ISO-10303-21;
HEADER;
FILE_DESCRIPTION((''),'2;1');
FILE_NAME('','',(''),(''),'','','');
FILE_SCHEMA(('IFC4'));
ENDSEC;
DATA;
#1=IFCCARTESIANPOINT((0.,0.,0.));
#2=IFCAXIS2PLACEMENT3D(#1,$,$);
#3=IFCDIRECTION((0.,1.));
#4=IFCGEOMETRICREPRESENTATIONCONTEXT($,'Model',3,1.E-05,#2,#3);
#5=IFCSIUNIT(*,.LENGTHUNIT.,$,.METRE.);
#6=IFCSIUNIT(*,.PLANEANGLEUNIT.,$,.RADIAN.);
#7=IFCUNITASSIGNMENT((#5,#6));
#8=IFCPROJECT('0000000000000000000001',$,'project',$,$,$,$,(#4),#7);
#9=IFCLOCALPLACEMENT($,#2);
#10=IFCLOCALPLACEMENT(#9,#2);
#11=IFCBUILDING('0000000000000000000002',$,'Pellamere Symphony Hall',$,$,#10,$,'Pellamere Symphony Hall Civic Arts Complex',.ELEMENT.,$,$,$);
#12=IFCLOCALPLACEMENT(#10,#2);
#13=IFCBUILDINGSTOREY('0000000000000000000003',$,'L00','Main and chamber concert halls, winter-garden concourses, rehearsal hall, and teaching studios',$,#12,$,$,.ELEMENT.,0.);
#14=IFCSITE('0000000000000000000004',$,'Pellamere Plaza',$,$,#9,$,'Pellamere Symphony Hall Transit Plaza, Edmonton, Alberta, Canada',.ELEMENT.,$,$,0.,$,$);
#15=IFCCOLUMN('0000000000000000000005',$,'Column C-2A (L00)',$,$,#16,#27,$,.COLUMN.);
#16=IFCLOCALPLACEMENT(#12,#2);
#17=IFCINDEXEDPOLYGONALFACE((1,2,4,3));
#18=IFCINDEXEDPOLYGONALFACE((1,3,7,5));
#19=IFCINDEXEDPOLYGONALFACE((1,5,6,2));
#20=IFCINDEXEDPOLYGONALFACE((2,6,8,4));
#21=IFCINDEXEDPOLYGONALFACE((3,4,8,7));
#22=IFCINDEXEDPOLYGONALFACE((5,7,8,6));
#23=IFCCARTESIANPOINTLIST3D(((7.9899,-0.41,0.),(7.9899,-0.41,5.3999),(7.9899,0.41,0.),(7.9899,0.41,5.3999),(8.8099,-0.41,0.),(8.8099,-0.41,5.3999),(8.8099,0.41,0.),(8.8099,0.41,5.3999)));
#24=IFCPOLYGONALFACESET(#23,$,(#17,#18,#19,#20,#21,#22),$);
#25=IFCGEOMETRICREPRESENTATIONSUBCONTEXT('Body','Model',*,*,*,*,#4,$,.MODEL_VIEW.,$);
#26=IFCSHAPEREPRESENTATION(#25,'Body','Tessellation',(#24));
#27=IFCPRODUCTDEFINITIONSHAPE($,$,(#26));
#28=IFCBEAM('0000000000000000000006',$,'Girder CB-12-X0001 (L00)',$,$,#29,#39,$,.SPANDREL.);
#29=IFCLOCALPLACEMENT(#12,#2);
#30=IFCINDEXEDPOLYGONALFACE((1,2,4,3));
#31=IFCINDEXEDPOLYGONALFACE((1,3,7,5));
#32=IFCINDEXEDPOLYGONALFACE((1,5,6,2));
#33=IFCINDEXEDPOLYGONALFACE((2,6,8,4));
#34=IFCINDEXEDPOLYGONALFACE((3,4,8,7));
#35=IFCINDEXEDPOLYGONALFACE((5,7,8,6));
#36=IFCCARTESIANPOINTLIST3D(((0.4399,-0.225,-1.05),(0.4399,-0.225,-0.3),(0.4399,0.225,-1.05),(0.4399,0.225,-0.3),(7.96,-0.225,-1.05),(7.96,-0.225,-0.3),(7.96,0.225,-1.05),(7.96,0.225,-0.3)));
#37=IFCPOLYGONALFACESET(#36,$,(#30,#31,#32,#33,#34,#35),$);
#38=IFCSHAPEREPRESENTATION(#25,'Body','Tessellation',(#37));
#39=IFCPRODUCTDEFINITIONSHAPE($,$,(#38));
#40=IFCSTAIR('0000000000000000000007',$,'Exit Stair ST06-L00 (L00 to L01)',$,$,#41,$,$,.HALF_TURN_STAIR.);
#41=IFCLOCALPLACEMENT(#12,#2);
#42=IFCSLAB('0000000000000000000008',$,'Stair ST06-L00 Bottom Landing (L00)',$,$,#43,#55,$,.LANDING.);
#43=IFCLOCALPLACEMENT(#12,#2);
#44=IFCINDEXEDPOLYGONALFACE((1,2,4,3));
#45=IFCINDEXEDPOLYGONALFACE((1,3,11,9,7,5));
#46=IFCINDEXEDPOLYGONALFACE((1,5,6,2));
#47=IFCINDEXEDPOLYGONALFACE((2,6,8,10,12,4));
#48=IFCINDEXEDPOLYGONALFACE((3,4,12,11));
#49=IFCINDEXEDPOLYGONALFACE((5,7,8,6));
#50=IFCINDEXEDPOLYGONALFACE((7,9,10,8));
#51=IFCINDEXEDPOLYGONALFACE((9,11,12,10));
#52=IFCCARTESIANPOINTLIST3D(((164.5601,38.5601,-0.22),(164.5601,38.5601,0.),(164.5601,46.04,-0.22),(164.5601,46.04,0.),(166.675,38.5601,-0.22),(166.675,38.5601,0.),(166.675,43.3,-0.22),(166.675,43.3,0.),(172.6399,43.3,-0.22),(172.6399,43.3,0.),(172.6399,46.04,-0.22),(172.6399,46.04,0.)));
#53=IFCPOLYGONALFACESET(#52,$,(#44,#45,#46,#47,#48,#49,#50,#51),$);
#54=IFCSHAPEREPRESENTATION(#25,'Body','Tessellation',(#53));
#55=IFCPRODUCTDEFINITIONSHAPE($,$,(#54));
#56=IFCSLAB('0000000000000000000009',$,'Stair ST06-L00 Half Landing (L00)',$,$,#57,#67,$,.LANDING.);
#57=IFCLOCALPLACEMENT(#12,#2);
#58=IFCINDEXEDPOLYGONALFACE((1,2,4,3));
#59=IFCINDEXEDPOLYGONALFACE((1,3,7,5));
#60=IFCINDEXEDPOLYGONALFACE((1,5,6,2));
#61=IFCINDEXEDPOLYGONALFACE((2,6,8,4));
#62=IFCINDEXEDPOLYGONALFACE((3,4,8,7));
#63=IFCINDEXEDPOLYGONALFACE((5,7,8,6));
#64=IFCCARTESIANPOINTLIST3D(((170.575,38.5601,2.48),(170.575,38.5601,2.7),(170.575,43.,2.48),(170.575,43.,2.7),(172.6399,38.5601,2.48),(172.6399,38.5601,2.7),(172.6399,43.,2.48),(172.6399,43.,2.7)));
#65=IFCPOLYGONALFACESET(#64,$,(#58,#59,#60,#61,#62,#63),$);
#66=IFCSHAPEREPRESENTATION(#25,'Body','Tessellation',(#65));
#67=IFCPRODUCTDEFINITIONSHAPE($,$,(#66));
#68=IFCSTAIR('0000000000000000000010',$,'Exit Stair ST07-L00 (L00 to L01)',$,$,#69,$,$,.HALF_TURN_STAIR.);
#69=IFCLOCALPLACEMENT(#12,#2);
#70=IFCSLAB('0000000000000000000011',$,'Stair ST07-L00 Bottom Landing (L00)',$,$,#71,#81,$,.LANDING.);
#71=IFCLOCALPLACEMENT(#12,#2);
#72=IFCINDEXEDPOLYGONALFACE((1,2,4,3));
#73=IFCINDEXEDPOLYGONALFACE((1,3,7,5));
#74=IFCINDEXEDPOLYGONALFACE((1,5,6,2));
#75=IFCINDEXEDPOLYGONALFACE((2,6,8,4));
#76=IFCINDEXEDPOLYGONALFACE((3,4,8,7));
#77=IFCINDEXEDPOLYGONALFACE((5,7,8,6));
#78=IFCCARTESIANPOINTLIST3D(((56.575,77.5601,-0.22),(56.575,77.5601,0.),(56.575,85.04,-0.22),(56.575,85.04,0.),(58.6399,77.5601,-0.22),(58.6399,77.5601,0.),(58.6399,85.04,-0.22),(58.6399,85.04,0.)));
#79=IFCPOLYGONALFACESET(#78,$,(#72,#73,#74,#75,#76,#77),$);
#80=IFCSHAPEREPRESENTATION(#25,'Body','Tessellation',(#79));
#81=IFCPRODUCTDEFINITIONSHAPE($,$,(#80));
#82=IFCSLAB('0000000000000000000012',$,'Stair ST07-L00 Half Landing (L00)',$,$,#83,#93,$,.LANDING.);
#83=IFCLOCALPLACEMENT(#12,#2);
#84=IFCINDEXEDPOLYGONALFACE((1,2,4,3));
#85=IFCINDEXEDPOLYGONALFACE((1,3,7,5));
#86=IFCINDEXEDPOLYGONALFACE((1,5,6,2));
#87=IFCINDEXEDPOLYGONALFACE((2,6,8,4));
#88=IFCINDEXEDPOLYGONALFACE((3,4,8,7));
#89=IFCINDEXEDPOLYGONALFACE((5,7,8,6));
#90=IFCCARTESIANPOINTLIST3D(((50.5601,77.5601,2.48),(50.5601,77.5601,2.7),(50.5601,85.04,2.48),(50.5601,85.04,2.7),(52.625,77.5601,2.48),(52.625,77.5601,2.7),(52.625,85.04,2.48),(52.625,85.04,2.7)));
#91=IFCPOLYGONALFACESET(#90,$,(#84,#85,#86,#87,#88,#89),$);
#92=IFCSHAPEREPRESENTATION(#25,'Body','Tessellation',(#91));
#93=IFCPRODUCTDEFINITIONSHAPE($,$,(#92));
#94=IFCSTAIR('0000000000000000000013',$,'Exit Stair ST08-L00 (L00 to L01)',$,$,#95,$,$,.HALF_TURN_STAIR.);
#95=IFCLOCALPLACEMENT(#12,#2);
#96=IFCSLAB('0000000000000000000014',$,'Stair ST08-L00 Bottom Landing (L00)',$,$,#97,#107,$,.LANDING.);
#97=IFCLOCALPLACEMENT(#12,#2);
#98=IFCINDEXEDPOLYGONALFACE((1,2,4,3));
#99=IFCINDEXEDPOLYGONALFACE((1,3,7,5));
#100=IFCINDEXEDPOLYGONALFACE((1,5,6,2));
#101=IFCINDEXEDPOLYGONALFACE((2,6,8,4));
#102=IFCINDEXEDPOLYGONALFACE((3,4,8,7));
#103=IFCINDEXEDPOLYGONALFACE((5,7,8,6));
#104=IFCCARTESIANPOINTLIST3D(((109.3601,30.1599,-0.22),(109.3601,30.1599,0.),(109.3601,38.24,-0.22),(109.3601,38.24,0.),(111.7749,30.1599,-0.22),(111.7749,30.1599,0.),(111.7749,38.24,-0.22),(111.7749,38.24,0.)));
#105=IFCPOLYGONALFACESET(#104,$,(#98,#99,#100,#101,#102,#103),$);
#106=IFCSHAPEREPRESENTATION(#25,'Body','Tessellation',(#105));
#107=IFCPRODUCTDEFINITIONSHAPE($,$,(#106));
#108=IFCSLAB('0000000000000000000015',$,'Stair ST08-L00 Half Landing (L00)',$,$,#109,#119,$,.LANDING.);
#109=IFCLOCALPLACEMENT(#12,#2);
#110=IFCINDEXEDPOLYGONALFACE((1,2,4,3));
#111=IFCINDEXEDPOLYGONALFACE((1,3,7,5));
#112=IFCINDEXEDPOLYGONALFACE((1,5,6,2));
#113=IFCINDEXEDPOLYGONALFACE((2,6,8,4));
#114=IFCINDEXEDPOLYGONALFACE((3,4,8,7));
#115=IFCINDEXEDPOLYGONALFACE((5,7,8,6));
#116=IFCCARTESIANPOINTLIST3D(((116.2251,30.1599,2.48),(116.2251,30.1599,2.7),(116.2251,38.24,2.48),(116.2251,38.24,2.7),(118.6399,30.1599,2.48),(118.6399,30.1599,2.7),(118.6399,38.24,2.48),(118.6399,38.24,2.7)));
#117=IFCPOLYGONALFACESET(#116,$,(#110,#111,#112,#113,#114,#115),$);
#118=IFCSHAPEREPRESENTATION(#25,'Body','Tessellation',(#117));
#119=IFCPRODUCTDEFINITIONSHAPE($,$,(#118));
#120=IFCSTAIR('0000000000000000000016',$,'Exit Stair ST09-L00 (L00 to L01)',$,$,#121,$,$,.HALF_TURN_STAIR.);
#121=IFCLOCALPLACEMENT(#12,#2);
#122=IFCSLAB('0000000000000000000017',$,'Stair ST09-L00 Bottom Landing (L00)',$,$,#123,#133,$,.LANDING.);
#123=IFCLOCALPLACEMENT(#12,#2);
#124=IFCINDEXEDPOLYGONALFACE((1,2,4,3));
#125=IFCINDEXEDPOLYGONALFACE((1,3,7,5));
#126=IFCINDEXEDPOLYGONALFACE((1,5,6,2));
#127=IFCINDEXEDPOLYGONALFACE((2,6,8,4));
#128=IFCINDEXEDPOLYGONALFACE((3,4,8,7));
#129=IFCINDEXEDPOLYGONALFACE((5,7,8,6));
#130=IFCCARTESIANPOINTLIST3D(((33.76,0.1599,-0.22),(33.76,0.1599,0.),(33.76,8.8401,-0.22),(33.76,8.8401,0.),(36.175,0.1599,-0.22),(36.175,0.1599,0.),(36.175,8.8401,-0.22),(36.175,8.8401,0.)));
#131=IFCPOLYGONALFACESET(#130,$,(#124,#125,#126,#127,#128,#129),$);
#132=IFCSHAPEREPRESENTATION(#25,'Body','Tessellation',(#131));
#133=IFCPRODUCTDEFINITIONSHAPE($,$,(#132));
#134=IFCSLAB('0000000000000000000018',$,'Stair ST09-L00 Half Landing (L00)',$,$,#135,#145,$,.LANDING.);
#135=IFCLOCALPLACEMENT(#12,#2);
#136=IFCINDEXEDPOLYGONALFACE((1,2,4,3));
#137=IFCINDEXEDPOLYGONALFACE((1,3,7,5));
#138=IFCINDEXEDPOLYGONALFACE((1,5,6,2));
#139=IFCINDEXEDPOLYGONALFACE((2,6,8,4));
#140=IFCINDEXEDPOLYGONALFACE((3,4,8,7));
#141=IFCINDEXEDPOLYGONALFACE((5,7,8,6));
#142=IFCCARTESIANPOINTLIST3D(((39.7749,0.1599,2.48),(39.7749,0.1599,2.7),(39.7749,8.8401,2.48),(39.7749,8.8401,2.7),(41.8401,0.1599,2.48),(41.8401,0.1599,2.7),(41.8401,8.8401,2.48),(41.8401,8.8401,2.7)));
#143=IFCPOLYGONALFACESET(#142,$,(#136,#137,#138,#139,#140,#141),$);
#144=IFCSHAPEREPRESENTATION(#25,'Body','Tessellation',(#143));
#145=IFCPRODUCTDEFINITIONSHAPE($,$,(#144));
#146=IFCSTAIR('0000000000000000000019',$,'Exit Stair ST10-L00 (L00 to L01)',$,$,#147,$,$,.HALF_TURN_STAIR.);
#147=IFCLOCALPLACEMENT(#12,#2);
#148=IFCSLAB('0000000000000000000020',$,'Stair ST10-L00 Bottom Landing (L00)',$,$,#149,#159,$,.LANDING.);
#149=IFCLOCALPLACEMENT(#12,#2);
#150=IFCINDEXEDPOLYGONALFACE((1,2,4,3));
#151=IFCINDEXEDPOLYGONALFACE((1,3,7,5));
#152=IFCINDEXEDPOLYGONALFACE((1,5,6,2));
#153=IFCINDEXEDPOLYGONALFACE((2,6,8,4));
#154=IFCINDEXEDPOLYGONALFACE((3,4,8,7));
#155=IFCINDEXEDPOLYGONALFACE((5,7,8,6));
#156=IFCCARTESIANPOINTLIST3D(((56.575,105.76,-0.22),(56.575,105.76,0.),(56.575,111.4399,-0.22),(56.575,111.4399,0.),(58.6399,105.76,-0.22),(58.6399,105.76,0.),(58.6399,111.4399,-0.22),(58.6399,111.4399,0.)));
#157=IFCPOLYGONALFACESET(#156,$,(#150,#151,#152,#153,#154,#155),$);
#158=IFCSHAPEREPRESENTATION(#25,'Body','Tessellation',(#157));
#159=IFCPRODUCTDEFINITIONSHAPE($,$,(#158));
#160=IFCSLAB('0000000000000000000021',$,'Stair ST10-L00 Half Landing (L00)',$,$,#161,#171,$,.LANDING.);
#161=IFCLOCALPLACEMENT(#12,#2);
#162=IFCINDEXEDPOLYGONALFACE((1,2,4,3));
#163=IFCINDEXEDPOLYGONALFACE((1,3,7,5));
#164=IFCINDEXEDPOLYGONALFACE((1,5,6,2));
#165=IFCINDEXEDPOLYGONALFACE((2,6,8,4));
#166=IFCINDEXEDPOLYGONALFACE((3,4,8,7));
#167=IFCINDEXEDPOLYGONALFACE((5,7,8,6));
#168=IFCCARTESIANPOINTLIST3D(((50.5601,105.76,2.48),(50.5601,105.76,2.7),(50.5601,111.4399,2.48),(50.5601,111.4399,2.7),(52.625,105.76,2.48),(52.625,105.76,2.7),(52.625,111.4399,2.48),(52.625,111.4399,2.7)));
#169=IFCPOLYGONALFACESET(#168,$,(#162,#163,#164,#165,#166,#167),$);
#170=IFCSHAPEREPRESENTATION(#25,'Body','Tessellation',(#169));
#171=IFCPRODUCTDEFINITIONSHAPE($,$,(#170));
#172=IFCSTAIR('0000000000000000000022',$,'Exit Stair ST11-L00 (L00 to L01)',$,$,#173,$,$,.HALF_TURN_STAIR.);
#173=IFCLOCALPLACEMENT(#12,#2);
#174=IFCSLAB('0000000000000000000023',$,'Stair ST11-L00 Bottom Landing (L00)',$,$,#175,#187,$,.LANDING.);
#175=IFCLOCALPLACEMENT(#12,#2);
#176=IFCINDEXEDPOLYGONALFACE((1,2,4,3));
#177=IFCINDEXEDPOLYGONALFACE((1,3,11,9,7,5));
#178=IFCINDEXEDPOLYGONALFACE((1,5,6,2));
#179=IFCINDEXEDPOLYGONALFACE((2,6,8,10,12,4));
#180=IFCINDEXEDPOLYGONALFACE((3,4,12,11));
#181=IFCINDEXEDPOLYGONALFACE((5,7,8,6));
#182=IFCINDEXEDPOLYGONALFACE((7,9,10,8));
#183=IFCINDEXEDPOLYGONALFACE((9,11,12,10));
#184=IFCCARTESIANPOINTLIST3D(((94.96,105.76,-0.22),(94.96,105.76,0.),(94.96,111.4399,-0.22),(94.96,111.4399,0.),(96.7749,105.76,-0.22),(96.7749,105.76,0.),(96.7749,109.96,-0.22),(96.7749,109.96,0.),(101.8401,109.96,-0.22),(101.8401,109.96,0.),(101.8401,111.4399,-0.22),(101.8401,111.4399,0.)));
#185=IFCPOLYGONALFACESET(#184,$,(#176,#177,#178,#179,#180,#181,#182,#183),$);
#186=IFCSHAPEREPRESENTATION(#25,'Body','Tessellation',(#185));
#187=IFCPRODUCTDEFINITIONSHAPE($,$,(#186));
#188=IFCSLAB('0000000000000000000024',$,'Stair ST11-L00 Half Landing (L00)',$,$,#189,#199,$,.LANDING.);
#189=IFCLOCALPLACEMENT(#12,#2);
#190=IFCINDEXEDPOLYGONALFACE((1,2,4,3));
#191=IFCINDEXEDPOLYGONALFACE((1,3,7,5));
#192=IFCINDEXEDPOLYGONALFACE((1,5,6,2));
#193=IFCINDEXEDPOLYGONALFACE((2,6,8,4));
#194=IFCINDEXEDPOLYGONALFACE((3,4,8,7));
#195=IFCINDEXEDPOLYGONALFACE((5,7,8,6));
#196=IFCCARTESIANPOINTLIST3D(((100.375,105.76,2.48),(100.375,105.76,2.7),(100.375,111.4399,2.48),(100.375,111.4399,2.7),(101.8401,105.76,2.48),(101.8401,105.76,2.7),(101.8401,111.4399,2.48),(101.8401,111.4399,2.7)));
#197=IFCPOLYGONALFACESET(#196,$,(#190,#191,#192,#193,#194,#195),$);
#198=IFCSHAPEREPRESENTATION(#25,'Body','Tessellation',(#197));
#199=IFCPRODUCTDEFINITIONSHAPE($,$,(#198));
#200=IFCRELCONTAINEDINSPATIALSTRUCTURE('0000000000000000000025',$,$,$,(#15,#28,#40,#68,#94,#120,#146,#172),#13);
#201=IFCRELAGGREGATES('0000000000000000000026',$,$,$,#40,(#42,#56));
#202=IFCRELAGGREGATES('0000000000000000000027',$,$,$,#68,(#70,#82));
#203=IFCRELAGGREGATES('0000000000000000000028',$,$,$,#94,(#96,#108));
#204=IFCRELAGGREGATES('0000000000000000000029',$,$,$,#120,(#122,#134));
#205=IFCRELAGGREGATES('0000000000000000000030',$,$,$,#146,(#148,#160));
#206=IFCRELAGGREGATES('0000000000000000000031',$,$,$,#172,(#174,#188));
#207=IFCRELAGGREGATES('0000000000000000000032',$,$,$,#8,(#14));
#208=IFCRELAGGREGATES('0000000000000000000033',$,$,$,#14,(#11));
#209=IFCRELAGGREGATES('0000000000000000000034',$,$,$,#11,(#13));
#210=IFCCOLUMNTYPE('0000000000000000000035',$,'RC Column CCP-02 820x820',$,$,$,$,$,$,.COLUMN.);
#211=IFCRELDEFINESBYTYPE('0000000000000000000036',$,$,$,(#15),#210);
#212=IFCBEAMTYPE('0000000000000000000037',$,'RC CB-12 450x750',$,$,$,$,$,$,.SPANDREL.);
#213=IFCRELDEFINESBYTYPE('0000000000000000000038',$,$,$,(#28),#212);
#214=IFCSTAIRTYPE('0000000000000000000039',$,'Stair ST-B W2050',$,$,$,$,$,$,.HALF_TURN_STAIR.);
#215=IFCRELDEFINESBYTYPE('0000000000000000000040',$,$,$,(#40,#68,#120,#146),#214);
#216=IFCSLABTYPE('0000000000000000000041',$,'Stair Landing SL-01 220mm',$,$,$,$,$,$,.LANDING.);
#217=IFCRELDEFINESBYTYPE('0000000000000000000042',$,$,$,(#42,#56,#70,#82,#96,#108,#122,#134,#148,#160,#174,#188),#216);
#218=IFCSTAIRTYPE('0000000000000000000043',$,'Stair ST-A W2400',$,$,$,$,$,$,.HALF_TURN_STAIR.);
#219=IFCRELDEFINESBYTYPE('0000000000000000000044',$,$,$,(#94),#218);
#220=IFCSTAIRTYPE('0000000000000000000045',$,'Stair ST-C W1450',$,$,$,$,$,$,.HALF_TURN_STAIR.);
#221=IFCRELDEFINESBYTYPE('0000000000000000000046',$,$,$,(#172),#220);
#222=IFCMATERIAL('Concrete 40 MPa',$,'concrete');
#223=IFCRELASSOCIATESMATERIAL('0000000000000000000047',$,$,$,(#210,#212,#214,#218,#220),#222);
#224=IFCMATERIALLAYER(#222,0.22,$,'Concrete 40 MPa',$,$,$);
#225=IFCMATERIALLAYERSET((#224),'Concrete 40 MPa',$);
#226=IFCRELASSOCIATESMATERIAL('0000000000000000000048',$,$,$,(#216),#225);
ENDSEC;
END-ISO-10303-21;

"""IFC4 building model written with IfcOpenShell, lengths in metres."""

from ifc_helpers import new_model, si_unit, direction, frame, origin, origin_2d, place, context, subcontext, project, spatial, polyline, rectangle, outline, extrude, material, layer, layer_set, material_profile, profile_set, type_object, element, aggregate, save


model = new_model("IFC4")

# Units and contexts
model_context = context("Model", 3, precision=1e-05, world=origin(), true_north=direction((0.0, 1.0)))
body_context = subcontext(model_context, "Body", "Model", "MODEL_VIEW")
ifc_project = project(units=[si_unit("LENGTHUNIT", "METRE"), si_unit("PLANEANGLEUNIT", "RADIAN")], contexts=[model_context])

# Site, building, storey
site_placement = place(None, origin())
site = spatial("IfcSite", under=ifc_project, at=site_placement, Name="Pellamere Plaza", LongName="Pellamere Symphony Hall Transit Plaza, Edmonton, Alberta, Canada", CompositionType="ELEMENT", RefElevation=0.0)
building_placement = place(site_placement, origin())
building = spatial("IfcBuilding", under=site, at=building_placement, Name="Pellamere Symphony Hall", LongName="Pellamere Symphony Hall Civic Arts Complex", CompositionType="ELEMENT")
storey_placement = place(building_placement, origin())
storey = spatial("IfcBuildingStorey", under=building, at=storey_placement, Name="L00", Description="Main and chamber concert halls, winter-garden concourses, rehearsal hall, and teaching studios", CompositionType="ELEMENT", Elevation=0.0)

# Column
ifc_material_1 = material(Name="Concrete 40 MPa", Category="concrete")
ifc_material_profile_1 = material_profile(ifc_material_1, rectangle(XDim=0.8201, YDim=0.8201, at=origin_2d()), Name="RC 820x820")
ifc_profile_set_1 = profile_set([ifc_material_profile_1], Name="Concrete 40 MPa")
column_type = type_object("IfcColumnType", Name="RC Column CCP-02 820x820", PredefinedType="COLUMN", material=ifc_profile_set_1)
column_placement = place(storey_placement, frame((8.3999, 0.0, 0.0), z_axis=(0.0, 0.0, 1.0), x_axis=(1.0, 0.0, 0.0)))
element("IfcColumn", 1, at=column_placement, inside=storey, type_object=column_type, Name="Column C-2A (L00)", PredefinedType="COLUMN", context=body_context, shape_type="SweptSolid", body=[
    extrude(rectangle(XDim=0.8201, YDim=0.8201, at=origin_2d()), origin(), (0.0, 0.0, 1.0), 5.3999),
])

# Beam
ifc_material_profile_2 = material_profile(ifc_material_1, rectangle(XDim=0.45, YDim=0.75, at=origin_2d()), Name="RC 450x750")
ifc_profile_set_2 = profile_set([ifc_material_profile_2], Name="Concrete 40 MPa")
beam_type = type_object("IfcBeamType", Name="RC CB-12 450x750", PredefinedType="SPANDREL", material=ifc_profile_set_2)
beam_placement = place(storey_placement, frame((0.4399, 0.0, -0.675), z_axis=(1.0, 0.0, 0.0), x_axis=(0.0, 1.0, 0.0)))
element("IfcBeam", 2, at=beam_placement, inside=storey, type_object=beam_type, Name="Girder CB-12-X0001 (L00)", PredefinedType="SPANDREL", context=body_context, shape_type="SweptSolid", body=[
    extrude(rectangle(XDim=0.45, YDim=0.75, at=origin_2d()), origin(), (0.0, 0.0, 1.0), 7.52),
])

# Stairs, slabs
stair_type_1 = type_object("IfcStairType", Name="Stair ST-B W2050", PredefinedType="HALF_TURN_STAIR", material=ifc_material_1)
stair_1_placement = place(storey_placement, origin())
stair_1 = element("IfcStair", 3, at=stair_1_placement, inside=storey, type_object=stair_type_1, Name="Exit Stair ST06-L00 (L00 to L01)", PredefinedType="HALF_TURN_STAIR")
ifc_layer_1 = layer(ifc_material_1, 0.22, Name="Concrete 40 MPa")
ifc_layer_set_1 = layer_set([ifc_layer_1], Name="Concrete 40 MPa")
slab_type_1 = type_object("IfcSlabType", Name="Stair Landing SL-01 220mm", PredefinedType="LANDING", material=ifc_layer_set_1)
slab_1_placement = place(storey_placement, frame((0.0, 0.0, -0.22)))
slab_1 = element("IfcSlab", 4, at=slab_1_placement, type_object=slab_type_1, Name="Stair ST06-L00 Bottom Landing (L00)", PredefinedType="LANDING", context=body_context, shape_type="SweptSolid", body=[
    extrude(outline(polyline([(164.5601, 38.5601), (166.675, 38.5601), (166.675, 43.3), (172.6399, 43.3), (172.6399, 46.04), (164.5601, 46.04), (164.5601, 38.5601)])), origin(), (0.0, 0.0, 1.0), 0.22),
])
slab_2_placement = place(storey_placement, frame((0.0, 0.0, 2.48)))
slab_2 = element("IfcSlab", 5, at=slab_2_placement, type_object=slab_type_1, Name="Stair ST06-L00 Half Landing (L00)", PredefinedType="LANDING", context=body_context, shape_type="SweptSolid", body=[
    extrude(outline(polyline([(170.575, 38.5601), (172.6399, 38.5601), (172.6399, 43.0), (170.575, 43.0), (170.575, 38.5601)])), origin(), (0.0, 0.0, 1.0), 0.22),
])
aggregate(stair_1, [slab_1, slab_2])
stair_2_placement = place(storey_placement, origin())
stair_2 = element("IfcStair", 6, at=stair_2_placement, inside=storey, type_object=stair_type_1, Name="Exit Stair ST07-L00 (L00 to L01)", PredefinedType="HALF_TURN_STAIR")
slab_3_placement = place(storey_placement, frame((0.0, 0.0, -0.22)))
slab_3 = element("IfcSlab", 7, at=slab_3_placement, type_object=slab_type_1, Name="Stair ST07-L00 Bottom Landing (L00)", PredefinedType="LANDING", context=body_context, shape_type="SweptSolid", body=[
    extrude(outline(polyline([(56.575, 77.5601), (58.6399, 77.5601), (58.6399, 85.04), (56.575, 85.04), (56.575, 77.5601)])), origin(), (0.0, 0.0, 1.0), 0.22),
])
slab_4_placement = place(storey_placement, frame((0.0, 0.0, 2.48)))
slab_4 = element("IfcSlab", 8, at=slab_4_placement, type_object=slab_type_1, Name="Stair ST07-L00 Half Landing (L00)", PredefinedType="LANDING", context=body_context, shape_type="SweptSolid", body=[
    extrude(outline(polyline([(50.5601, 77.5601), (52.625, 77.5601), (52.625, 85.04), (50.5601, 85.04), (50.5601, 77.5601)])), origin(), (0.0, 0.0, 1.0), 0.22),
])
aggregate(stair_2, [slab_3, slab_4])
stair_type_2 = type_object("IfcStairType", Name="Stair ST-A W2400", PredefinedType="HALF_TURN_STAIR", material=ifc_material_1)
stair_3_placement = place(storey_placement, origin())
stair_3 = element("IfcStair", 9, at=stair_3_placement, inside=storey, type_object=stair_type_2, Name="Exit Stair ST08-L00 (L00 to L01)", PredefinedType="HALF_TURN_STAIR")
slab_5_placement = place(storey_placement, frame((0.0, 0.0, -0.22)))
slab_5 = element("IfcSlab", 10, at=slab_5_placement, type_object=slab_type_1, Name="Stair ST08-L00 Bottom Landing (L00)", PredefinedType="LANDING", context=body_context, shape_type="SweptSolid", body=[
    extrude(outline(polyline([(109.3601, 30.1599), (111.7749, 30.1599), (111.7749, 38.24), (109.3601, 38.24), (109.3601, 30.1599)])), origin(), (0.0, 0.0, 1.0), 0.22),
])
slab_6_placement = place(storey_placement, frame((0.0, 0.0, 2.48)))
slab_6 = element("IfcSlab", 11, at=slab_6_placement, type_object=slab_type_1, Name="Stair ST08-L00 Half Landing (L00)", PredefinedType="LANDING", context=body_context, shape_type="SweptSolid", body=[
    extrude(outline(polyline([(116.2251, 30.1599), (118.6399, 30.1599), (118.6399, 38.24), (116.2251, 38.24), (116.2251, 30.1599)])), origin(), (0.0, 0.0, 1.0), 0.22),
])
aggregate(stair_3, [slab_5, slab_6])
stair_4_placement = place(storey_placement, origin())
stair_4 = element("IfcStair", 12, at=stair_4_placement, inside=storey, type_object=stair_type_1, Name="Exit Stair ST09-L00 (L00 to L01)", PredefinedType="HALF_TURN_STAIR")
slab_7_placement = place(storey_placement, frame((0.0, 0.0, -0.22)))
slab_7 = element("IfcSlab", 13, at=slab_7_placement, type_object=slab_type_1, Name="Stair ST09-L00 Bottom Landing (L00)", PredefinedType="LANDING", context=body_context, shape_type="SweptSolid", body=[
    extrude(outline(polyline([(33.76, 0.1599), (36.175, 0.1599), (36.175, 8.8401), (33.76, 8.8401), (33.76, 0.1599)])), origin(), (0.0, 0.0, 1.0), 0.22),
])
slab_8_placement = place(storey_placement, frame((0.0, 0.0, 2.48)))
slab_8 = element("IfcSlab", 14, at=slab_8_placement, type_object=slab_type_1, Name="Stair ST09-L00 Half Landing (L00)", PredefinedType="LANDING", context=body_context, shape_type="SweptSolid", body=[
    extrude(outline(polyline([(39.7749, 0.1599), (41.8401, 0.1599), (41.8401, 8.8401), (39.7749, 8.8401), (39.7749, 0.1599)])), origin(), (0.0, 0.0, 1.0), 0.22),
])
aggregate(stair_4, [slab_7, slab_8])
stair_5_placement = place(storey_placement, origin())
stair_5 = element("IfcStair", 15, at=stair_5_placement, inside=storey, type_object=stair_type_1, Name="Exit Stair ST10-L00 (L00 to L01)", PredefinedType="HALF_TURN_STAIR")
slab_9_placement = place(storey_placement, frame((0.0, 0.0, -0.22)))
slab_9 = element("IfcSlab", 16, at=slab_9_placement, type_object=slab_type_1, Name="Stair ST10-L00 Bottom Landing (L00)", PredefinedType="LANDING", context=body_context, shape_type="SweptSolid", body=[
    extrude(outline(polyline([(56.575, 105.76), (58.6399, 105.76), (58.6399, 111.4399), (56.575, 111.4399), (56.575, 105.76)])), origin(), (0.0, 0.0, 1.0), 0.22),
])
slab_10_placement = place(storey_placement, frame((0.0, 0.0, 2.48)))
slab_10 = element("IfcSlab", 17, at=slab_10_placement, type_object=slab_type_1, Name="Stair ST10-L00 Half Landing (L00)", PredefinedType="LANDING", context=body_context, shape_type="SweptSolid", body=[
    extrude(outline(polyline([(50.5601, 105.76), (52.625, 105.76), (52.625, 111.4399), (50.5601, 111.4399), (50.5601, 105.76)])), origin(), (0.0, 0.0, 1.0), 0.22),
])
aggregate(stair_5, [slab_9, slab_10])
stair_type_3 = type_object("IfcStairType", Name="Stair ST-C W1450", PredefinedType="HALF_TURN_STAIR", material=ifc_material_1)
stair_6_placement = place(storey_placement, origin())
stair_6 = element("IfcStair", 18, at=stair_6_placement, inside=storey, type_object=stair_type_3, Name="Exit Stair ST11-L00 (L00 to L01)", PredefinedType="HALF_TURN_STAIR")
slab_11_placement = place(storey_placement, frame((0.0, 0.0, -0.22)))
slab_11 = element("IfcSlab", 19, at=slab_11_placement, type_object=slab_type_1, Name="Stair ST11-L00 Bottom Landing (L00)", PredefinedType="LANDING", context=body_context, shape_type="SweptSolid", body=[
    extrude(outline(polyline([(94.96, 105.76), (96.7749, 105.76), (96.7749, 109.96), (101.8401, 109.96), (101.8401, 111.4399), (94.96, 111.4399), (94.96, 105.76)])), origin(), (0.0, 0.0, 1.0), 0.22),
])
slab_12_placement = place(storey_placement, frame((0.0, 0.0, 2.48)))
slab_12 = element("IfcSlab", 20, at=slab_12_placement, type_object=slab_type_1, Name="Stair ST11-L00 Half Landing (L00)", PredefinedType="LANDING", context=body_context, shape_type="SweptSolid", body=[
    extrude(outline(polyline([(100.375, 105.76), (101.8401, 105.76), (101.8401, 111.4399), (100.375, 111.4399), (100.375, 105.76)])), origin(), (0.0, 0.0, 1.0), 0.22),
])
aggregate(stair_6, [slab_11, slab_12])

save(model, "model.ifc")
